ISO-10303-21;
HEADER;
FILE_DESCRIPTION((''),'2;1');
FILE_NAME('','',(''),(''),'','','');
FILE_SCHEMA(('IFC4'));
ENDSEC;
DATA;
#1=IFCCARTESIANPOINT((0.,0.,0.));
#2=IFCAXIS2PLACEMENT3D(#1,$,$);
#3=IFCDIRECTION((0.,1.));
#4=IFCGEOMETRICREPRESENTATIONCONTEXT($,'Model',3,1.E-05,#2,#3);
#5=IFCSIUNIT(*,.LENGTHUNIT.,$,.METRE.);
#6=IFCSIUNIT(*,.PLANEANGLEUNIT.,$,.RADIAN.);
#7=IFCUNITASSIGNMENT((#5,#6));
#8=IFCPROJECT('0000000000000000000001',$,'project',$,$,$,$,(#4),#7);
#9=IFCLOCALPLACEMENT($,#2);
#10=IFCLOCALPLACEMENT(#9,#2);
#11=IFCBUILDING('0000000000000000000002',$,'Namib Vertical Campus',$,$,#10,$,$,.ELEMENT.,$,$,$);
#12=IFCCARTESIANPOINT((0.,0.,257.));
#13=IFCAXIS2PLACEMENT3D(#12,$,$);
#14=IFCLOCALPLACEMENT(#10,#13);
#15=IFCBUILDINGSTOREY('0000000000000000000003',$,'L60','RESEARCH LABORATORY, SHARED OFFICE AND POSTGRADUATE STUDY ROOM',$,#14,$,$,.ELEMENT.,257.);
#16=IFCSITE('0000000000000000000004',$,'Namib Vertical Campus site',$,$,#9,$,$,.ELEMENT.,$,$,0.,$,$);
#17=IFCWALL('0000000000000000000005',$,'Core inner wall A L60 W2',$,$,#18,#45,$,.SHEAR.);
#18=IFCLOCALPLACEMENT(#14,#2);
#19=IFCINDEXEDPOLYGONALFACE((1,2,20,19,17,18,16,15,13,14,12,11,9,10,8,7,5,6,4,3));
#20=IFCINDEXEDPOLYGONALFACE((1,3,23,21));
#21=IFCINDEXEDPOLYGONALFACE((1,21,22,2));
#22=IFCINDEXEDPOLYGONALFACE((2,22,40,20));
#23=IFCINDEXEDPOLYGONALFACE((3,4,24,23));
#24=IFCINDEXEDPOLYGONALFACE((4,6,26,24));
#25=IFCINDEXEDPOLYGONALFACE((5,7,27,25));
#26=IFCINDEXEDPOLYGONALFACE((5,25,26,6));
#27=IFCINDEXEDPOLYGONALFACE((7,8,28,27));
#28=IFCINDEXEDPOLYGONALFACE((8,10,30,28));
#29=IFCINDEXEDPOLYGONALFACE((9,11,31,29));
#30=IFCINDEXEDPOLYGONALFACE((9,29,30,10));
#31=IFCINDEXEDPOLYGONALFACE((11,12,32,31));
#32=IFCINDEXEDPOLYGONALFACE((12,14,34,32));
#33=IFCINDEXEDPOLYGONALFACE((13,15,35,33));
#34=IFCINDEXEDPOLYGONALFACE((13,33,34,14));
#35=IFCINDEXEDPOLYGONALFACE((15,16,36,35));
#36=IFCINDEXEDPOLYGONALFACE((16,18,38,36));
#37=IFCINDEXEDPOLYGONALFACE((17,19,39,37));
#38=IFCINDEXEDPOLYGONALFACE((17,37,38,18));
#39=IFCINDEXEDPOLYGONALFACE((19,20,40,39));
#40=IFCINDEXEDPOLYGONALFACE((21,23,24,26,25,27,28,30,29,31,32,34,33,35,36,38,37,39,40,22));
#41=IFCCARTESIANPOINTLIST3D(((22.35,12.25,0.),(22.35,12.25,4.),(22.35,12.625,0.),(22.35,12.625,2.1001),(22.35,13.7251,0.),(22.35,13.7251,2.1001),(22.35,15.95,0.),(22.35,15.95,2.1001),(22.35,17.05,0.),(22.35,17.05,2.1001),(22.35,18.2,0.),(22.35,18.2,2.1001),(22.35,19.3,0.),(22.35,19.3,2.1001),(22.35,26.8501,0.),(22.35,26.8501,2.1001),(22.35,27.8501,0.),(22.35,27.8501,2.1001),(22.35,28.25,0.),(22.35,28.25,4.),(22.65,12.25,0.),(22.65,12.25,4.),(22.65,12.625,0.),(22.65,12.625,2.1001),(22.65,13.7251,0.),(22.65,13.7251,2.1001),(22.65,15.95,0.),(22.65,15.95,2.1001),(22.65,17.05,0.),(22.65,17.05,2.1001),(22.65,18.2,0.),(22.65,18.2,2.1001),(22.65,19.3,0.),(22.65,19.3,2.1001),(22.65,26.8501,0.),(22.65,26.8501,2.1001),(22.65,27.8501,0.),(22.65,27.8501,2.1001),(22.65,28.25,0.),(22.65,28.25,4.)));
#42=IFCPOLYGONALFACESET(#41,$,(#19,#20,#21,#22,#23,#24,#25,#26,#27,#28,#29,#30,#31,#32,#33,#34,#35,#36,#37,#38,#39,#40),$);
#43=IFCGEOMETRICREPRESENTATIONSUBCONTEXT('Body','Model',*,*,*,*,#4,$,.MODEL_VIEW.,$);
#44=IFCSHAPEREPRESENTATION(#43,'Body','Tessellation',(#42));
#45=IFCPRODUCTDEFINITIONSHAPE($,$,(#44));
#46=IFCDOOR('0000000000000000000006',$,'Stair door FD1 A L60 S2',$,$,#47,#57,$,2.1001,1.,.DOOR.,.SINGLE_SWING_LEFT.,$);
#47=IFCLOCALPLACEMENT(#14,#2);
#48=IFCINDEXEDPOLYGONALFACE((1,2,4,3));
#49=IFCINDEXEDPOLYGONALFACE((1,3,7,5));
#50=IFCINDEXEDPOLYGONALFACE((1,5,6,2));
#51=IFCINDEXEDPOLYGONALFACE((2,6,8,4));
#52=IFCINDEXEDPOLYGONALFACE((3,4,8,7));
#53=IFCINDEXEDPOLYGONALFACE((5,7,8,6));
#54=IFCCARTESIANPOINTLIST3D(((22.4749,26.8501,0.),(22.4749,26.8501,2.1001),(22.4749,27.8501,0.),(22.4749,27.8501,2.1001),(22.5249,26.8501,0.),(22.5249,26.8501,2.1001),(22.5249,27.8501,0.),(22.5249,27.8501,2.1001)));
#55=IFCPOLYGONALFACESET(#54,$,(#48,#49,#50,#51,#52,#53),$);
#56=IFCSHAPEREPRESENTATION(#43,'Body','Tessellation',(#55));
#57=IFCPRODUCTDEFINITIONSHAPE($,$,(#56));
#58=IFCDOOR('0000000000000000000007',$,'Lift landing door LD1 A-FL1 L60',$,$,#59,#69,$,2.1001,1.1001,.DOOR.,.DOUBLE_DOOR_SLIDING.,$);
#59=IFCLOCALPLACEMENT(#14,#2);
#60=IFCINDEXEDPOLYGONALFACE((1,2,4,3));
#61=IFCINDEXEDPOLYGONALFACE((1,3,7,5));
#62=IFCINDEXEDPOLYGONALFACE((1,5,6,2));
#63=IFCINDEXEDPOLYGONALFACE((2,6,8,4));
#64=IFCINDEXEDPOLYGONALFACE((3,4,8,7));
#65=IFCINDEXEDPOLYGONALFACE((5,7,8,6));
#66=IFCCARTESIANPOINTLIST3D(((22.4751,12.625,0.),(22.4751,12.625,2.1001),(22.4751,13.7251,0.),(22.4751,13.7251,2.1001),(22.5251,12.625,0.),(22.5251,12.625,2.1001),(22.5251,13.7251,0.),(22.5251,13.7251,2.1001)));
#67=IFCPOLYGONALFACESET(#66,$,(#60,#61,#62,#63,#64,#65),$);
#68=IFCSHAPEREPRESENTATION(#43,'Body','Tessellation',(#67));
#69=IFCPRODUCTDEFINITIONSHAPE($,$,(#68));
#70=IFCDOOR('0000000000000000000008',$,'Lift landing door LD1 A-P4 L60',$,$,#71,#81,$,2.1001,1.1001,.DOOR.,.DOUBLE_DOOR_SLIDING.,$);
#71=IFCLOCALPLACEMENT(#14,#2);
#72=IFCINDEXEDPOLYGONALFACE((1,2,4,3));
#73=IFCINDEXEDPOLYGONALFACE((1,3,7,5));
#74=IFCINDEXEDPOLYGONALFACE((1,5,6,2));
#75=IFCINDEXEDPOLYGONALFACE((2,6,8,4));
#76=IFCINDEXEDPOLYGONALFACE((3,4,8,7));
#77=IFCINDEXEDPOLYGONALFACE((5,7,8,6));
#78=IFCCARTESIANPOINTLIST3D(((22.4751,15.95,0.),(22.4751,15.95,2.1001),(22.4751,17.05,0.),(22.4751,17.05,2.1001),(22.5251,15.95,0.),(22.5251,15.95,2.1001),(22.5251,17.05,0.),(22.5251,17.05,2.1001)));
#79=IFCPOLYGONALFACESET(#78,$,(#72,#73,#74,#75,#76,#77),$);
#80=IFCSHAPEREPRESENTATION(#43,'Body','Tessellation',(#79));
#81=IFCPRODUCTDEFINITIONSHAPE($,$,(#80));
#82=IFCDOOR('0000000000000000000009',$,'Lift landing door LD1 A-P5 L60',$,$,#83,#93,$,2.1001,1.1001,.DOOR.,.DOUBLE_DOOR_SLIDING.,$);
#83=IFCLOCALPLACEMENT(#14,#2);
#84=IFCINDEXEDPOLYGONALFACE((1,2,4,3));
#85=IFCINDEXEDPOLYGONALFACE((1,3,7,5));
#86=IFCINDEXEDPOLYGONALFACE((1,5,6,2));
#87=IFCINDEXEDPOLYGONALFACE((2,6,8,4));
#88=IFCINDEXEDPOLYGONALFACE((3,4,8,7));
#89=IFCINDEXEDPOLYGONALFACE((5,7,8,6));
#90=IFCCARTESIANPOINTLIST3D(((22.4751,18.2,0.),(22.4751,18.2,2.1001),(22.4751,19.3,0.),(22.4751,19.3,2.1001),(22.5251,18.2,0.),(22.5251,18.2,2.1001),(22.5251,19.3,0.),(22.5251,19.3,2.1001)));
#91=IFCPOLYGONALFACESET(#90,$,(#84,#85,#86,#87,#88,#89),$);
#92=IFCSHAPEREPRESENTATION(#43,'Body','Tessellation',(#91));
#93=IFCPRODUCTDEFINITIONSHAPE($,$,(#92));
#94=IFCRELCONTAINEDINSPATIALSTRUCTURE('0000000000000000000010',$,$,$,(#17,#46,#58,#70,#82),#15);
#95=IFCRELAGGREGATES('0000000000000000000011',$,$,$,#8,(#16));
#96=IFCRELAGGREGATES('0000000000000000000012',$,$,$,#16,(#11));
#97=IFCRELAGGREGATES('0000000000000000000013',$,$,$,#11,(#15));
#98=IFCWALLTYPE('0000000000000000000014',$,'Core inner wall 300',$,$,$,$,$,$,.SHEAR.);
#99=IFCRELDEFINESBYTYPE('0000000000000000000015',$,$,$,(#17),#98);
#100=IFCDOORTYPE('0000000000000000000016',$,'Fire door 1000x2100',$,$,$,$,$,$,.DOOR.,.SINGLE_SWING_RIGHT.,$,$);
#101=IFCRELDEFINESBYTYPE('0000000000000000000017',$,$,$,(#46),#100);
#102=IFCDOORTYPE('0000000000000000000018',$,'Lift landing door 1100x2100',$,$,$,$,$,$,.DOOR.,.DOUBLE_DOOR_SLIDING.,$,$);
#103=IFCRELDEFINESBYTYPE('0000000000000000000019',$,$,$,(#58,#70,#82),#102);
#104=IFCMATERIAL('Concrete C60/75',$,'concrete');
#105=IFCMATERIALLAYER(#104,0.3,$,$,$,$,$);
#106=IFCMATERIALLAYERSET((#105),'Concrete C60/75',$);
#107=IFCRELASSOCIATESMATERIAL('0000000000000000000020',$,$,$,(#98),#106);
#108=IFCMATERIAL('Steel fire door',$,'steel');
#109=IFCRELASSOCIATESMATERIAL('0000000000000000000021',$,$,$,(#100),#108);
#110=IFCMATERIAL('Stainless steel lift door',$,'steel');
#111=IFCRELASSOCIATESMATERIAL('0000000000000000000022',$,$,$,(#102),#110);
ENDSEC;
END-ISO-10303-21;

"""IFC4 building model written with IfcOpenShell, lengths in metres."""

from ifc_helpers import new_model, si_unit, direction, frame, frame_2d, origin, place, context, subcontext, project, spatial, rectangle, extrude, material, layer, layer_set, type_object, element, fill, save


model = new_model("IFC4")

# Units and contexts
model_context = context("Model", 3, precision=1e-05, world=origin(), true_north=direction((0.0, 1.0)))
body_context = subcontext(model_context, "Body", "Model", "MODEL_VIEW")
ifc_project = project(units=[si_unit("LENGTHUNIT", "METRE"), si_unit("PLANEANGLEUNIT", "RADIAN")], contexts=[model_context])

# Site, building, storey
site_placement = place(None, origin())
site = spatial("IfcSite", under=ifc_project, at=site_placement, Name="Namib Vertical Campus site", CompositionType="ELEMENT", RefElevation=0.0)
building_placement = place(site_placement, origin())
building = spatial("IfcBuilding", under=site, at=building_placement, Name="Namib Vertical Campus", CompositionType="ELEMENT")
storey_placement = place(building_placement, frame((0.0, 0.0, 257.0)))
storey = spatial("IfcBuildingStorey", under=building, at=storey_placement, Name="L60", Description="RESEARCH LABORATORY, SHARED OFFICE AND POSTGRADUATE STUDY ROOM", CompositionType="ELEMENT", Elevation=257.0)

# Wall, openings, doors
ifc_material_1 = material(Name="Concrete C60/75", Category="concrete")
ifc_layer_1 = layer(ifc_material_1, 0.3)
ifc_layer_set_1 = layer_set([ifc_layer_1], Name="Concrete C60/75")
wall_type_1 = type_object("IfcWallType", Name="Core inner wall 300", PredefinedType="SHEAR", material=ifc_layer_set_1)
ifc_material_2 = material(Name="Steel fire door", Category="steel")
door_type_1 = type_object("IfcDoorType", Name="Fire door 1000x2100", OperationType="SINGLE_SWING_RIGHT", PredefinedType="DOOR", material=ifc_material_2)
ifc_material_3 = material(Name="Stainless steel lift door", Category="steel")
door_type_2 = type_object("IfcDoorType", Name="Lift landing door 1100x2100", OperationType="DOUBLE_DOOR_SLIDING", PredefinedType="DOOR", material=ifc_material_3)
wall_1_placement = place(storey_placement, frame((22.5, 12.25, 0.0), z_axis=(0.0, 0.0, 1.0), x_axis=(0.0, 1.0, 0.0)))
wall_1 = element("IfcWall", 1, at=wall_1_placement, inside=storey, type_object=wall_type_1, Name="Core inner wall A L60 W2", PredefinedType="SHEAR", context=body_context, shape_type="SweptSolid", body=[
    extrude(rectangle(XDim=16.0, YDim=0.3, at=frame_2d((8.0, 0.0))), origin(), (0.0, 0.0, 1.0), 4.0),
])
opening_1_placement = place(wall_1_placement, frame((14.6001, 0.0, 0.0)))
opening_1 = element("IfcOpeningElement", 2, at=opening_1_placement, cuts=wall_1, PredefinedType="OPENING", context=body_context, shape_type="SweptSolid", body=[
    extrude(rectangle(XDim=1.0, YDim=2.1001, at=frame_2d((0.5, 1.05))), frame((0.0, 0.1599, 0.0), z_axis=(0.0, -1.0, 0.0), x_axis=(1.0, 0.0, 0.0)), (0.0, 0.0, 1.0), 0.3201),
])
opening_2_placement = place(wall_1_placement, frame((0.375, 0.0, 0.0)))
opening_2 = element("IfcOpeningElement", 3, at=opening_2_placement, cuts=wall_1, PredefinedType="OPENING", context=body_context, shape_type="SweptSolid", body=[
    extrude(rectangle(XDim=1.1001, YDim=2.1001, at=frame_2d((0.55, 1.05))), frame((0.0, 0.1599, 0.0), z_axis=(0.0, -1.0, 0.0), x_axis=(1.0, 0.0, 0.0)), (0.0, 0.0, 1.0), 0.3201),
])
opening_3_placement = place(wall_1_placement, frame((3.7, 0.0, 0.0)))
opening_3 = element("IfcOpeningElement", 4, at=opening_3_placement, cuts=wall_1, PredefinedType="OPENING", context=body_context, shape_type="SweptSolid", body=[
    extrude(rectangle(XDim=1.1001, YDim=2.1001, at=frame_2d((0.55, 1.05))), frame((0.0, 0.1599, 0.0), z_axis=(0.0, -1.0, 0.0), x_axis=(1.0, 0.0, 0.0)), (0.0, 0.0, 1.0), 0.3201),
])
opening_4_placement = place(wall_1_placement, frame((5.95, 0.0, 0.0)))
opening_4 = element("IfcOpeningElement", 5, at=opening_4_placement, cuts=wall_1, PredefinedType="OPENING", context=body_context, shape_type="SweptSolid", body=[
    extrude(rectangle(XDim=1.1001, YDim=2.1001, at=frame_2d((0.55, 1.05))), frame((0.0, 0.1599, 0.0), z_axis=(0.0, -1.0, 0.0), x_axis=(1.0, 0.0, 0.0)), (0.0, 0.0, 1.0), 0.3201),
])
door_1_placement = place(opening_1_placement, frame((1.0, 0.0, 0.0), z_axis=(0.0, 0.0, 1.0), x_axis=(-1.0, 0.0, 0.0)))
door_1 = element("IfcDoor", 6, at=door_1_placement, inside=storey, type_object=door_type_1, Name="Stair door FD1 A L60 S2", OperationType="SINGLE_SWING_LEFT", OverallHeight=2.1001, OverallWidth=1.0, PredefinedType="DOOR", context=body_context, shape_type="SweptSolid", body=[
    extrude(rectangle(XDim=1.0, YDim=2.1001, at=frame_2d((0.5, 1.05))), frame((0.0, 0.0249, 0.0), z_axis=(0.0, -1.0, 0.0), x_axis=(1.0, 0.0, 0.0)), (0.0, 0.0, 1.0), 0.05),
])
fill(opening_1, door_1)
door_2_placement = place(opening_2_placement, origin())
door_2 = element("IfcDoor", 7, at=door_2_placement, inside=storey, type_object=door_type_2, Name="Lift landing door LD1 A-FL1 L60", OperationType="DOUBLE_DOOR_SLIDING", OverallHeight=2.1001, OverallWidth=1.1001, PredefinedType="DOOR", context=body_context, shape_type="SweptSolid", body=[
    extrude(rectangle(XDim=1.1001, YDim=2.1001, at=frame_2d((0.55, 1.05))), frame((0.0, 0.0249, 0.0), z_axis=(0.0, -1.0, 0.0), x_axis=(1.0, 0.0, 0.0)), (0.0, 0.0, 1.0), 0.05),
])
fill(opening_2, door_2)
door_3_placement = place(opening_3_placement, origin())
door_3 = element("IfcDoor", 8, at=door_3_placement, inside=storey, type_object=door_type_2, Name="Lift landing door LD1 A-P4 L60", OperationType="DOUBLE_DOOR_SLIDING", OverallHeight=2.1001, OverallWidth=1.1001, PredefinedType="DOOR", context=body_context, shape_type="SweptSolid", body=[
    extrude(rectangle(XDim=1.1001, YDim=2.1001, at=frame_2d((0.55, 1.05))), frame((0.0, 0.0249, 0.0), z_axis=(0.0, -1.0, 0.0), x_axis=(1.0, 0.0, 0.0)), (0.0, 0.0, 1.0), 0.05),
])
fill(opening_3, door_3)
door_4_placement = place(opening_4_placement, origin())
door_4 = element("IfcDoor", 9, at=door_4_placement, inside=storey, type_object=door_type_2, Name="Lift landing door LD1 A-P5 L60", OperationType="DOUBLE_DOOR_SLIDING", OverallHeight=2.1001, OverallWidth=1.1001, PredefinedType="DOOR", context=body_context, shape_type="SweptSolid", body=[
    extrude(rectangle(XDim=1.1001, YDim=2.1001, at=frame_2d((0.55, 1.05))), frame((0.0, 0.0249, 0.0), z_axis=(0.0, -1.0, 0.0), x_axis=(1.0, 0.0, 0.0)), (0.0, 0.0, 1.0), 0.05),
])
fill(opening_4, door_4)

save(model, "model.ifc")
